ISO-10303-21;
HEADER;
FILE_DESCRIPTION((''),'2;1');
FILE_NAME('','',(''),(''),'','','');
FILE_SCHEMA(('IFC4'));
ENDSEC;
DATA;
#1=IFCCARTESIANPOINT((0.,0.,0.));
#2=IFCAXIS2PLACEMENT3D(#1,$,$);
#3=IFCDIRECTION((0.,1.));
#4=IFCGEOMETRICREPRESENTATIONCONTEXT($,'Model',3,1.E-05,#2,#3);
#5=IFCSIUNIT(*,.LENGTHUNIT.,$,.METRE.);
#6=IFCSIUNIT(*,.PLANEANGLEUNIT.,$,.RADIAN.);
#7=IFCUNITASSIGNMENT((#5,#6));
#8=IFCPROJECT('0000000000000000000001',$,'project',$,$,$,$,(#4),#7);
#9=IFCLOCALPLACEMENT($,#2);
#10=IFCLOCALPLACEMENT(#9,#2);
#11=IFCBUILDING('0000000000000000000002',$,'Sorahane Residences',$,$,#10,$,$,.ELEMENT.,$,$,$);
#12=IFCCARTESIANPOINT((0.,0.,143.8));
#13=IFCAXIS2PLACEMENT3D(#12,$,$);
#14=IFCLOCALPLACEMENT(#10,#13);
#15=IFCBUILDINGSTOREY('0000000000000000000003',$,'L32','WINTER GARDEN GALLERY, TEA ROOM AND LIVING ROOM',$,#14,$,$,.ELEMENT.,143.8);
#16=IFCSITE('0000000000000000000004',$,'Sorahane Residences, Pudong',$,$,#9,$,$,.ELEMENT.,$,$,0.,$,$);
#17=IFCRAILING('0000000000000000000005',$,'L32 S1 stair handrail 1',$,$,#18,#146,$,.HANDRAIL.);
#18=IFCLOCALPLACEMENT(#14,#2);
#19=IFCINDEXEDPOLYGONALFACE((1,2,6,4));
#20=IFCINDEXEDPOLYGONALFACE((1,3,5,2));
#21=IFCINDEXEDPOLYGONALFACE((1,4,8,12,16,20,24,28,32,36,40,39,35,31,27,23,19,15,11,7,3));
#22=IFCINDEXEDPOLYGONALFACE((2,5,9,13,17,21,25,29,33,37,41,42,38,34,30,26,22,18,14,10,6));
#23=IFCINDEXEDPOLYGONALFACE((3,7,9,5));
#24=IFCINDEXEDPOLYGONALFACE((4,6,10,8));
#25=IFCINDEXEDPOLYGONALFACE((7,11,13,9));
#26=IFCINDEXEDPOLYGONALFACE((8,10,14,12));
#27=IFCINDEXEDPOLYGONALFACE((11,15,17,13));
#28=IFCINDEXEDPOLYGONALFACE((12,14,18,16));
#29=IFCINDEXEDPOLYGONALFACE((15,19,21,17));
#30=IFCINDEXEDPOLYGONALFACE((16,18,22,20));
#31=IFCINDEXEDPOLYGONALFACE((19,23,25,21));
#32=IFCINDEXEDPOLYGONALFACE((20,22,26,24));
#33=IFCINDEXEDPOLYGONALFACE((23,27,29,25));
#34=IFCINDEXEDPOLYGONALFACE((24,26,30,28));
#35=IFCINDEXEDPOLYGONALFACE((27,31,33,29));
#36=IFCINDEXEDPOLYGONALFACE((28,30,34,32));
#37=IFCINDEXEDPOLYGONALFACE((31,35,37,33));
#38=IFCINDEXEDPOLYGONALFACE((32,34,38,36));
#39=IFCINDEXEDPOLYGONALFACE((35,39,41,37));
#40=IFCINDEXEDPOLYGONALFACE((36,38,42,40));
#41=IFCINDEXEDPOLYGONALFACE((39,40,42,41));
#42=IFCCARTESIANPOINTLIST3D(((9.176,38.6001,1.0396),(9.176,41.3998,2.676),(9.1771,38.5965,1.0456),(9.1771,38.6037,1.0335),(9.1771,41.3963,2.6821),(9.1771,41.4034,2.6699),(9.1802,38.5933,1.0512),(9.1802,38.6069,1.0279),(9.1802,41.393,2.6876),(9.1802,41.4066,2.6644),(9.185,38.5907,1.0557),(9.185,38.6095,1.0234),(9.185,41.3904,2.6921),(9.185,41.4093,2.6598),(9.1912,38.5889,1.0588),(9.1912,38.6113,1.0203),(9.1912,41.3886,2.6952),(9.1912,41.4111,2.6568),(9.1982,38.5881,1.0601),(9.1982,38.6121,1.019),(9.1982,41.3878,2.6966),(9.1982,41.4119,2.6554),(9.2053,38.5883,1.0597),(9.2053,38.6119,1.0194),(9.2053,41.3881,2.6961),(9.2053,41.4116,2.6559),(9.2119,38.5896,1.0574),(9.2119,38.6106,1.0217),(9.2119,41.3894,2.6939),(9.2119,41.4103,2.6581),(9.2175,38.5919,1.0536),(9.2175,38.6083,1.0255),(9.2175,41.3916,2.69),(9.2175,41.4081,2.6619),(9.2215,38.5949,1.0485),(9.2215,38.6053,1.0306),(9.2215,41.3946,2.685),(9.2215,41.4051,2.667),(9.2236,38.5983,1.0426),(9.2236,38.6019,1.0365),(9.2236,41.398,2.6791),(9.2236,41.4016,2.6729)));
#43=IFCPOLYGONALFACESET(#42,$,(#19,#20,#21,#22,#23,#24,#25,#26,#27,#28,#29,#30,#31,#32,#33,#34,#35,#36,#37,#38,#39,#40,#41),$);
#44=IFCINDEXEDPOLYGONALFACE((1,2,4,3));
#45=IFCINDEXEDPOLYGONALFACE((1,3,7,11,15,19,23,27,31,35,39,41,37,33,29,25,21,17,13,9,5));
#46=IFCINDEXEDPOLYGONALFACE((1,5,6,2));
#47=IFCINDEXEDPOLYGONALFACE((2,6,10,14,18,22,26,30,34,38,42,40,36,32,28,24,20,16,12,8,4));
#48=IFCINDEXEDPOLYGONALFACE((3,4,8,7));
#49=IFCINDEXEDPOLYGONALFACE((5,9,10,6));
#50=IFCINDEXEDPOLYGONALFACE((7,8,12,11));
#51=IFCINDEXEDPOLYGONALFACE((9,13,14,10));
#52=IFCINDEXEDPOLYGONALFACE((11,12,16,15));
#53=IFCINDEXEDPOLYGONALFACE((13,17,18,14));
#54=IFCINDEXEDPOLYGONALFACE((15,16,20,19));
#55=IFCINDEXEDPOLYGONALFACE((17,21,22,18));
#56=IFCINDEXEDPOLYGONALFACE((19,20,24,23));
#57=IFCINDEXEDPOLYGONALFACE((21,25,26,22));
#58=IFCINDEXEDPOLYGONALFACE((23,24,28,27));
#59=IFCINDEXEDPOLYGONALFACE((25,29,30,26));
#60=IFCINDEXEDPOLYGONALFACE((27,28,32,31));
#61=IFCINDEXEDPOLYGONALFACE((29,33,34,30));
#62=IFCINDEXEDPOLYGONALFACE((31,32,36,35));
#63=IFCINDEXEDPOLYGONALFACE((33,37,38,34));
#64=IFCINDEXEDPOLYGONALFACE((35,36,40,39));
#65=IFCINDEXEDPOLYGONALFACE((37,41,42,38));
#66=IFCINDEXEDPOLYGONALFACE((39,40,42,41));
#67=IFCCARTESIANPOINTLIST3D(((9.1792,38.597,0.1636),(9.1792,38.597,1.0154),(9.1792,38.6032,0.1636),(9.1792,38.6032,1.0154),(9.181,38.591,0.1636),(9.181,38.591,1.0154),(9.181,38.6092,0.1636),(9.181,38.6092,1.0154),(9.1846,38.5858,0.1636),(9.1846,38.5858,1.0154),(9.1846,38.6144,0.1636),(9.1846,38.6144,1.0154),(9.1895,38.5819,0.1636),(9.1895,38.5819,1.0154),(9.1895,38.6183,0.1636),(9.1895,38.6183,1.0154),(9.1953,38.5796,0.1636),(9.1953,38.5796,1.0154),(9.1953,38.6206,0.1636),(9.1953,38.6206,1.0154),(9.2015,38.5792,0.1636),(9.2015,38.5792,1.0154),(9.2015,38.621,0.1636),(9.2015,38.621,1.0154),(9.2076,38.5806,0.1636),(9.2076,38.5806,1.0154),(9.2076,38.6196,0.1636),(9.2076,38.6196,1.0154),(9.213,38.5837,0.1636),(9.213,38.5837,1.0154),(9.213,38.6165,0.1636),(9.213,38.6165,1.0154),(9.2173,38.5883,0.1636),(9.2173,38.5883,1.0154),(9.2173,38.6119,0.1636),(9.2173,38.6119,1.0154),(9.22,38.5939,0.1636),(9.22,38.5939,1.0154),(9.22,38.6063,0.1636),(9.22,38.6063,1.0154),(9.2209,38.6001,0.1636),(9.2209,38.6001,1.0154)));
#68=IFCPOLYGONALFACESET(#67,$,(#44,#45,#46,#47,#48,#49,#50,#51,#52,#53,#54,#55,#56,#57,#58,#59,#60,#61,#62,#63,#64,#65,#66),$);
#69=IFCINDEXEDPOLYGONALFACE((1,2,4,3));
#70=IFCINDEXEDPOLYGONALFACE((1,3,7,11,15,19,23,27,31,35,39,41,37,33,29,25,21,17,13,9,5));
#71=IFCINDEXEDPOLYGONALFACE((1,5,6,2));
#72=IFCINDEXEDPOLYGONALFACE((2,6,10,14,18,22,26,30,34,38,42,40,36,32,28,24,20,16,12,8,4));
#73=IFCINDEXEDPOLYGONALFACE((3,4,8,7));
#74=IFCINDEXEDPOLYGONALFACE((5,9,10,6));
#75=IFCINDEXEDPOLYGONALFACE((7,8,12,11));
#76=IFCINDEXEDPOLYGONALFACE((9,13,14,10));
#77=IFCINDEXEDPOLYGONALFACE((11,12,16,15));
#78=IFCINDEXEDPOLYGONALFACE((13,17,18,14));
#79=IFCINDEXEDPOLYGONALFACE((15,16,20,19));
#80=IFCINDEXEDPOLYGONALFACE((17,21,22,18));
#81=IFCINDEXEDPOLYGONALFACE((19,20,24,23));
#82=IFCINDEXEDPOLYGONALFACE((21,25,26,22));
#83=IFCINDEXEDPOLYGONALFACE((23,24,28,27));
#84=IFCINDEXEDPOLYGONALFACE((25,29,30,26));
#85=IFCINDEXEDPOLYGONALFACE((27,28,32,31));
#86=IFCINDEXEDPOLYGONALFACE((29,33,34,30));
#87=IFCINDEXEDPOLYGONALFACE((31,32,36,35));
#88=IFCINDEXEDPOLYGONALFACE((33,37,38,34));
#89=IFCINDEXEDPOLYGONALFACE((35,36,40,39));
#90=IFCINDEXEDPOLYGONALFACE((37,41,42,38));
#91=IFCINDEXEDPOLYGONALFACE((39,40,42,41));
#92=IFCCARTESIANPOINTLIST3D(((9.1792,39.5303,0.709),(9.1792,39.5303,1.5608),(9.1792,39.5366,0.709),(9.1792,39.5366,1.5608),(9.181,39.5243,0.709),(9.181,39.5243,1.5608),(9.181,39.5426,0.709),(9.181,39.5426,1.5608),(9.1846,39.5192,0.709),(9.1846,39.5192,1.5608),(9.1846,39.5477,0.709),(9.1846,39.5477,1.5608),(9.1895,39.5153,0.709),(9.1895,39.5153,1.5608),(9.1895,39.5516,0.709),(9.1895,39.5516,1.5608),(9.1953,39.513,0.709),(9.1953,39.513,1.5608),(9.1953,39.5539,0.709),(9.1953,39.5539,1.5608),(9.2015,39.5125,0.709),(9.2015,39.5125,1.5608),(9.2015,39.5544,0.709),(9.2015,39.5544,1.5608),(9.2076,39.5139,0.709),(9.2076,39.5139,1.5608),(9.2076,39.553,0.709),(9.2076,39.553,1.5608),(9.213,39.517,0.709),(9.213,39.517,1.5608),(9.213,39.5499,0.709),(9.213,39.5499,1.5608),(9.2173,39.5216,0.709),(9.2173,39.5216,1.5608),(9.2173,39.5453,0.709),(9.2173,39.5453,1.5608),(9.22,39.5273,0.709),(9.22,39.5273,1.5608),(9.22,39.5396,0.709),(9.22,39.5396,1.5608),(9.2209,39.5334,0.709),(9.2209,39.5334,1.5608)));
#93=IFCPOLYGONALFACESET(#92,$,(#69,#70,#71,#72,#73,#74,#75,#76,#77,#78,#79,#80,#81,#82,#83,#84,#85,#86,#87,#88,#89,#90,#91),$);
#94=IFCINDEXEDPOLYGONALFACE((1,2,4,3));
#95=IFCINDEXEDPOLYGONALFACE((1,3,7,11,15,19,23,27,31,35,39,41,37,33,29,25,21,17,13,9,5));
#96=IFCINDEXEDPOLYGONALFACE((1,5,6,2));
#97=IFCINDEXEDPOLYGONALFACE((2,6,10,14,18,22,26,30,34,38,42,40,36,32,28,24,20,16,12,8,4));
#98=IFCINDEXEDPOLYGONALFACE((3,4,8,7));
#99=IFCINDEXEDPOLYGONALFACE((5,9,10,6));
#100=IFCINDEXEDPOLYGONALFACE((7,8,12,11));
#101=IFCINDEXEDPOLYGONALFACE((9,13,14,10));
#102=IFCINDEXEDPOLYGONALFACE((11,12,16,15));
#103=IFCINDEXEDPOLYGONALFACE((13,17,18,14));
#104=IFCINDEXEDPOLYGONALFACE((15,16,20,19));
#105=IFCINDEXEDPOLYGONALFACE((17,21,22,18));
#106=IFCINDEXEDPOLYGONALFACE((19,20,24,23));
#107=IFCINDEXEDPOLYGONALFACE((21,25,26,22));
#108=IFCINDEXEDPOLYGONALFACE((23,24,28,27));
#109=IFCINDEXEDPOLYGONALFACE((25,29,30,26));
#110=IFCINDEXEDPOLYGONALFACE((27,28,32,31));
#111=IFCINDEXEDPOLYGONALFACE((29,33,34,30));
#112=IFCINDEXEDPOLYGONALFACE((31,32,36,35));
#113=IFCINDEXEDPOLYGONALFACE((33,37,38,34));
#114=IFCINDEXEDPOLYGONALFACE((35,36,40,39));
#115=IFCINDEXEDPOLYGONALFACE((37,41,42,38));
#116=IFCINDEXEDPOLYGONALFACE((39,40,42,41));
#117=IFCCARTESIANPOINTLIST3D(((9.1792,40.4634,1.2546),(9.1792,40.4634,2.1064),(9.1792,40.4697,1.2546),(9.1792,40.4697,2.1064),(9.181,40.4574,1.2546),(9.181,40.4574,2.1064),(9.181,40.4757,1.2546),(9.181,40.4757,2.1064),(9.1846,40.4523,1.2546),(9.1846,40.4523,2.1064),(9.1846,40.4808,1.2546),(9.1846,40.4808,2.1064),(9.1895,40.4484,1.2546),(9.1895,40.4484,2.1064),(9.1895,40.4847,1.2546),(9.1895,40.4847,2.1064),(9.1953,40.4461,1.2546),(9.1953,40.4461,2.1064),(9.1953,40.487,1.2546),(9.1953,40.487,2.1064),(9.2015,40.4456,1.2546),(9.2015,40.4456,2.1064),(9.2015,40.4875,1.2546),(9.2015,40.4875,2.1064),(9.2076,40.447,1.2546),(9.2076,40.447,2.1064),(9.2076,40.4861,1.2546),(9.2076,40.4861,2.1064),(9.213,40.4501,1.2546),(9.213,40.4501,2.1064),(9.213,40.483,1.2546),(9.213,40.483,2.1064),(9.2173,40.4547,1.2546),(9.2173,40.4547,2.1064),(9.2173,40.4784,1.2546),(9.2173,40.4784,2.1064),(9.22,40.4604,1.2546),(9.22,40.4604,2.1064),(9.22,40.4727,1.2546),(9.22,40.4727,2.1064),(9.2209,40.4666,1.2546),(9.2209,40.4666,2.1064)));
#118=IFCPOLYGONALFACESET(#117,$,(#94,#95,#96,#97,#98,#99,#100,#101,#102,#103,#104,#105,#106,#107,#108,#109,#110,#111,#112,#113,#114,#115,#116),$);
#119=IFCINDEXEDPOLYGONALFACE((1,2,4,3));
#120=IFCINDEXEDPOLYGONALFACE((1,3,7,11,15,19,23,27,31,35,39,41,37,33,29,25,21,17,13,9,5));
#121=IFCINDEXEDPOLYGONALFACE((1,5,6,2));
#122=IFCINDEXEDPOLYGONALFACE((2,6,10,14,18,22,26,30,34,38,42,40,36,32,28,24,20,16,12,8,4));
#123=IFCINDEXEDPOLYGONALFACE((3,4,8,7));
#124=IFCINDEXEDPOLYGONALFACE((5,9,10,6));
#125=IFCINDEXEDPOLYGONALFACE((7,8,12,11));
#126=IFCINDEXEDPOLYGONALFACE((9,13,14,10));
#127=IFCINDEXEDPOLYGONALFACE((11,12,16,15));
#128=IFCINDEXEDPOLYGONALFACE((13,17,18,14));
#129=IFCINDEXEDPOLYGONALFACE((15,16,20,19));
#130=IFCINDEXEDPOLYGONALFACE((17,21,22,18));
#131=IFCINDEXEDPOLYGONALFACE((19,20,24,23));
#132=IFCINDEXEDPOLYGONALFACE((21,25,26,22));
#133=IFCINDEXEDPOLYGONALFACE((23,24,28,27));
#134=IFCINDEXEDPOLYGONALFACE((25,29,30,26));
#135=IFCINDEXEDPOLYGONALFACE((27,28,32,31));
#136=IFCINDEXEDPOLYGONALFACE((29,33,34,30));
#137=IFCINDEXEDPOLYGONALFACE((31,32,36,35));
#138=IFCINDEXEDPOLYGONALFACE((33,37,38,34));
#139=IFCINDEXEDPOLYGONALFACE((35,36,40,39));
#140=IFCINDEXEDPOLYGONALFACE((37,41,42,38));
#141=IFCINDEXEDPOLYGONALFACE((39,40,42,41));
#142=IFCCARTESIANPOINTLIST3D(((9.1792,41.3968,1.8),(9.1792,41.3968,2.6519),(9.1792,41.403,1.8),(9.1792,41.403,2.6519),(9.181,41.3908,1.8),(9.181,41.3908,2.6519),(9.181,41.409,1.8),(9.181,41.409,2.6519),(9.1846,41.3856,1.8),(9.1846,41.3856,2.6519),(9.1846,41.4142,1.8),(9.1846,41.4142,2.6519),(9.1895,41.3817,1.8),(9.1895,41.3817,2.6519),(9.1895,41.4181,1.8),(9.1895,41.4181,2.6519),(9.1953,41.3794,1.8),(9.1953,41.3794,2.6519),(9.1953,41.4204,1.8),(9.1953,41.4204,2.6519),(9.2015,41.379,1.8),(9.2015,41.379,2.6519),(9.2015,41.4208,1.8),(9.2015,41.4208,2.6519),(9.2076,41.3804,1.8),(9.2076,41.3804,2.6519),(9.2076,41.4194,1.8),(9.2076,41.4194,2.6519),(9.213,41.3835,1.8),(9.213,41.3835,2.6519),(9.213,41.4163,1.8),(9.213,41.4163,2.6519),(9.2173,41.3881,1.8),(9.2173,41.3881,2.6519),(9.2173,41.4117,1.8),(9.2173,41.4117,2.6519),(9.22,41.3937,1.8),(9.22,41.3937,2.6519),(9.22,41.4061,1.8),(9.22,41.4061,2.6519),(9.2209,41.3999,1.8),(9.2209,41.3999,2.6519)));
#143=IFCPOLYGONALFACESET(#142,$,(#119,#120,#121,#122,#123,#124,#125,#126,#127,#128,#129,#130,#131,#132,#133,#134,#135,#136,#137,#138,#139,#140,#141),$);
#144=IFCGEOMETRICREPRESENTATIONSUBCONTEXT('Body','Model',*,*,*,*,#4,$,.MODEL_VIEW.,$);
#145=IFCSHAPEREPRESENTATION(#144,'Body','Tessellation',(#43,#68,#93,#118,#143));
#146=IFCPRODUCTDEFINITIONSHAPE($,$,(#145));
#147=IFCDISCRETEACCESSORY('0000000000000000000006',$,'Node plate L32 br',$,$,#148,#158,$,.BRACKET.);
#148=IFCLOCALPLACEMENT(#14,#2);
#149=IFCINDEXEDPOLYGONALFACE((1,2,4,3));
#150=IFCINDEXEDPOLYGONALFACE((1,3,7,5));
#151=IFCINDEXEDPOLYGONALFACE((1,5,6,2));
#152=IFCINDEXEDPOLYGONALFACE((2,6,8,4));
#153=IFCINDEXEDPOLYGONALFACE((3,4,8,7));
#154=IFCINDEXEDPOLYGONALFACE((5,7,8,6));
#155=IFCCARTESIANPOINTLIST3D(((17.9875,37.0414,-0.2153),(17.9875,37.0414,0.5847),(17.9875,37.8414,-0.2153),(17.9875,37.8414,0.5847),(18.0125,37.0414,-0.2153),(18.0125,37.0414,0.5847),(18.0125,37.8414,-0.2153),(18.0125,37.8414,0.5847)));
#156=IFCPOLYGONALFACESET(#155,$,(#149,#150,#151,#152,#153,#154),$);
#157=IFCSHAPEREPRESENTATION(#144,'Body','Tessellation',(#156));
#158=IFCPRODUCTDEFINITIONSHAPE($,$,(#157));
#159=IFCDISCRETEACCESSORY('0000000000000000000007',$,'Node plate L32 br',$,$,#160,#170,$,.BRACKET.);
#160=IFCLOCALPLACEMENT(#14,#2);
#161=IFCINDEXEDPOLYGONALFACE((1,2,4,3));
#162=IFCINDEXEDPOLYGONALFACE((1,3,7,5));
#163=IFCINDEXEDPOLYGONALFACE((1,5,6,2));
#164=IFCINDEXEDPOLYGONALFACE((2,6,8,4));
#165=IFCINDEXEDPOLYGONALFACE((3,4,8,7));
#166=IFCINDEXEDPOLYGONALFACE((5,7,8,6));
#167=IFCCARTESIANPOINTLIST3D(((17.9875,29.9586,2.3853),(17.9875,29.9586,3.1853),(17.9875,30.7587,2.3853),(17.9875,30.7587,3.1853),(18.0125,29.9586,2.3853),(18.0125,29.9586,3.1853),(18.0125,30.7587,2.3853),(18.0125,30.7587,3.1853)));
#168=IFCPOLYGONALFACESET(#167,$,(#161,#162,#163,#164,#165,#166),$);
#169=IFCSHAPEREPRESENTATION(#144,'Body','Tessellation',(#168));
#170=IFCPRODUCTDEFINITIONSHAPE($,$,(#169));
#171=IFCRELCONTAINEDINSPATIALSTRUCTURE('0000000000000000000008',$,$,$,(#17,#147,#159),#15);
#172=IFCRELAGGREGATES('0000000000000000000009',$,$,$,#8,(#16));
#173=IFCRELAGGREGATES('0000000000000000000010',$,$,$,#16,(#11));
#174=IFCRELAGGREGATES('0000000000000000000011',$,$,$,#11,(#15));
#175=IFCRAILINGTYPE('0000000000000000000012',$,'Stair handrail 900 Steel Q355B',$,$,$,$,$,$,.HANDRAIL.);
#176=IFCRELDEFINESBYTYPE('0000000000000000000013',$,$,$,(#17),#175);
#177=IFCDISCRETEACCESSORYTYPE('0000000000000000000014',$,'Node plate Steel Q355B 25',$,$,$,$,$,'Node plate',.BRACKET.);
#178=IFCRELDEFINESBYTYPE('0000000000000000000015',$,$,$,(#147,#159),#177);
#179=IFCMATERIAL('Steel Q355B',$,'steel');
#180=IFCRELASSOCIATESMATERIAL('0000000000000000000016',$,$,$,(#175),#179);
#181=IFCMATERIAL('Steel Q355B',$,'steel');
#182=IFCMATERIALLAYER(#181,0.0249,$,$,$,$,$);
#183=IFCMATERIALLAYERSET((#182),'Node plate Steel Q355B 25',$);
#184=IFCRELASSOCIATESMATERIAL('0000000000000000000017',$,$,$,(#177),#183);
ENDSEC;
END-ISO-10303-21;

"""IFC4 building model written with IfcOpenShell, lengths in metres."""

from ifc_helpers import new_model, si_unit, direction, frame, origin, origin_2d, place, context, subcontext, project, spatial, rectangle, circle, extrude, material, layer, layer_set, type_object, element, save


model = new_model("IFC4")

# Units and contexts
model_context = context("Model", 3, precision=1e-05, world=origin(), true_north=direction((0.0, 1.0)))
body_context = subcontext(model_context, "Body", "Model", "MODEL_VIEW")
ifc_project = project(units=[si_unit("LENGTHUNIT", "METRE"), si_unit("PLANEANGLEUNIT", "RADIAN")], contexts=[model_context])

# Site, building, storey
site_placement = place(None, origin())
site = spatial("IfcSite", under=ifc_project, at=site_placement, Name="Sorahane Residences, Pudong", CompositionType="ELEMENT", RefElevation=0.0)
building_placement = place(site_placement, origin())
building = spatial("IfcBuilding", under=site, at=building_placement, Name="Sorahane Residences", CompositionType="ELEMENT")
storey_placement = place(building_placement, frame((0.0, 0.0, 143.8)))
storey = spatial("IfcBuildingStorey", under=building, at=storey_placement, Name="L32", Description="WINTER GARDEN GALLERY, TEA ROOM AND LIVING ROOM", CompositionType="ELEMENT", Elevation=143.8)

# Railing
ifc_material_1 = material(Name="Steel Q355B", Category="steel")
railing_type_1 = type_object("IfcRailingType", Name="Stair handrail 900 Steel Q355B", PredefinedType="HANDRAIL", material=ifc_material_1)
railing_1_placement = place(storey_placement, frame((9.2, 38.6001, 0.1636)))
element("IfcRailing", 1, at=railing_1_placement, inside=storey, type_object=railing_type_1, Name="L32 S1 stair handrail 1", PredefinedType="HANDRAIL", context=body_context, shape_type="SweptSolid", body=[
    extrude(circle(Radius=0.0239, at=origin_2d()), frame((0.0, 0.0, 0.876), z_axis=(0.0, 0.863342, 0.50462), x_axis=(-1.0, 0.0, 0.0)), (0.0, 0.0, 1.0), 3.2429),
    extrude(circle(Radius=0.021, at=origin_2d()), origin(), (0.0, 0.0, 1.0), 0.8518),
    extrude(circle(Radius=0.021, at=origin_2d()), frame((0.0, 0.9333, 0.5454)), (0.0, 0.0, 1.0), 0.8518),
    extrude(circle(Radius=0.021, at=origin_2d()), frame((0.0, 1.8665, 1.0911)), (0.0, 0.0, 1.0), 0.8518),
    extrude(circle(Radius=0.021, at=origin_2d()), frame((0.0, 2.7998, 1.6365)), (0.0, 0.0, 1.0), 0.8518),
])

# Discrete accessories
ifc_material_2 = material(Name="Steel Q355B", Category="steel")
ifc_layer_1 = layer(ifc_material_2, 0.0249)
ifc_layer_set_1 = layer_set([ifc_layer_1], Name="Node plate Steel Q355B 25")
discrete_accessory_type = type_object("IfcDiscreteAccessoryType", Name="Node plate Steel Q355B 25", ElementType="Node plate", PredefinedType="BRACKET", material=ifc_layer_set_1)
for number, where, z_axis, x_axis, name in (
    (2, (18.0, 37.4414, -0.2153), (0.0, 0.0, 1.0), (0.0, 1.0, 0.0), "Node plate L32 br"),
    (3, (18.0, 30.3586, 2.3853), (0.0, 0.0, 1.0), (0.0, 1.0, 0.0), "Node plate L32 br"),
):
    element("IfcDiscreteAccessory", number, at=place(storey_placement, frame(where, z_axis=z_axis, x_axis=x_axis)), inside=storey, type_object=discrete_accessory_type, Name=name, PredefinedType="BRACKET", context=body_context, shape_type="SweptSolid", body=[
        extrude(rectangle(XDim=0.8, YDim=0.0249, at=origin_2d()), origin(), (0.0, 0.0, 1.0), 0.8),
    ])

save(model, "model.ifc")
